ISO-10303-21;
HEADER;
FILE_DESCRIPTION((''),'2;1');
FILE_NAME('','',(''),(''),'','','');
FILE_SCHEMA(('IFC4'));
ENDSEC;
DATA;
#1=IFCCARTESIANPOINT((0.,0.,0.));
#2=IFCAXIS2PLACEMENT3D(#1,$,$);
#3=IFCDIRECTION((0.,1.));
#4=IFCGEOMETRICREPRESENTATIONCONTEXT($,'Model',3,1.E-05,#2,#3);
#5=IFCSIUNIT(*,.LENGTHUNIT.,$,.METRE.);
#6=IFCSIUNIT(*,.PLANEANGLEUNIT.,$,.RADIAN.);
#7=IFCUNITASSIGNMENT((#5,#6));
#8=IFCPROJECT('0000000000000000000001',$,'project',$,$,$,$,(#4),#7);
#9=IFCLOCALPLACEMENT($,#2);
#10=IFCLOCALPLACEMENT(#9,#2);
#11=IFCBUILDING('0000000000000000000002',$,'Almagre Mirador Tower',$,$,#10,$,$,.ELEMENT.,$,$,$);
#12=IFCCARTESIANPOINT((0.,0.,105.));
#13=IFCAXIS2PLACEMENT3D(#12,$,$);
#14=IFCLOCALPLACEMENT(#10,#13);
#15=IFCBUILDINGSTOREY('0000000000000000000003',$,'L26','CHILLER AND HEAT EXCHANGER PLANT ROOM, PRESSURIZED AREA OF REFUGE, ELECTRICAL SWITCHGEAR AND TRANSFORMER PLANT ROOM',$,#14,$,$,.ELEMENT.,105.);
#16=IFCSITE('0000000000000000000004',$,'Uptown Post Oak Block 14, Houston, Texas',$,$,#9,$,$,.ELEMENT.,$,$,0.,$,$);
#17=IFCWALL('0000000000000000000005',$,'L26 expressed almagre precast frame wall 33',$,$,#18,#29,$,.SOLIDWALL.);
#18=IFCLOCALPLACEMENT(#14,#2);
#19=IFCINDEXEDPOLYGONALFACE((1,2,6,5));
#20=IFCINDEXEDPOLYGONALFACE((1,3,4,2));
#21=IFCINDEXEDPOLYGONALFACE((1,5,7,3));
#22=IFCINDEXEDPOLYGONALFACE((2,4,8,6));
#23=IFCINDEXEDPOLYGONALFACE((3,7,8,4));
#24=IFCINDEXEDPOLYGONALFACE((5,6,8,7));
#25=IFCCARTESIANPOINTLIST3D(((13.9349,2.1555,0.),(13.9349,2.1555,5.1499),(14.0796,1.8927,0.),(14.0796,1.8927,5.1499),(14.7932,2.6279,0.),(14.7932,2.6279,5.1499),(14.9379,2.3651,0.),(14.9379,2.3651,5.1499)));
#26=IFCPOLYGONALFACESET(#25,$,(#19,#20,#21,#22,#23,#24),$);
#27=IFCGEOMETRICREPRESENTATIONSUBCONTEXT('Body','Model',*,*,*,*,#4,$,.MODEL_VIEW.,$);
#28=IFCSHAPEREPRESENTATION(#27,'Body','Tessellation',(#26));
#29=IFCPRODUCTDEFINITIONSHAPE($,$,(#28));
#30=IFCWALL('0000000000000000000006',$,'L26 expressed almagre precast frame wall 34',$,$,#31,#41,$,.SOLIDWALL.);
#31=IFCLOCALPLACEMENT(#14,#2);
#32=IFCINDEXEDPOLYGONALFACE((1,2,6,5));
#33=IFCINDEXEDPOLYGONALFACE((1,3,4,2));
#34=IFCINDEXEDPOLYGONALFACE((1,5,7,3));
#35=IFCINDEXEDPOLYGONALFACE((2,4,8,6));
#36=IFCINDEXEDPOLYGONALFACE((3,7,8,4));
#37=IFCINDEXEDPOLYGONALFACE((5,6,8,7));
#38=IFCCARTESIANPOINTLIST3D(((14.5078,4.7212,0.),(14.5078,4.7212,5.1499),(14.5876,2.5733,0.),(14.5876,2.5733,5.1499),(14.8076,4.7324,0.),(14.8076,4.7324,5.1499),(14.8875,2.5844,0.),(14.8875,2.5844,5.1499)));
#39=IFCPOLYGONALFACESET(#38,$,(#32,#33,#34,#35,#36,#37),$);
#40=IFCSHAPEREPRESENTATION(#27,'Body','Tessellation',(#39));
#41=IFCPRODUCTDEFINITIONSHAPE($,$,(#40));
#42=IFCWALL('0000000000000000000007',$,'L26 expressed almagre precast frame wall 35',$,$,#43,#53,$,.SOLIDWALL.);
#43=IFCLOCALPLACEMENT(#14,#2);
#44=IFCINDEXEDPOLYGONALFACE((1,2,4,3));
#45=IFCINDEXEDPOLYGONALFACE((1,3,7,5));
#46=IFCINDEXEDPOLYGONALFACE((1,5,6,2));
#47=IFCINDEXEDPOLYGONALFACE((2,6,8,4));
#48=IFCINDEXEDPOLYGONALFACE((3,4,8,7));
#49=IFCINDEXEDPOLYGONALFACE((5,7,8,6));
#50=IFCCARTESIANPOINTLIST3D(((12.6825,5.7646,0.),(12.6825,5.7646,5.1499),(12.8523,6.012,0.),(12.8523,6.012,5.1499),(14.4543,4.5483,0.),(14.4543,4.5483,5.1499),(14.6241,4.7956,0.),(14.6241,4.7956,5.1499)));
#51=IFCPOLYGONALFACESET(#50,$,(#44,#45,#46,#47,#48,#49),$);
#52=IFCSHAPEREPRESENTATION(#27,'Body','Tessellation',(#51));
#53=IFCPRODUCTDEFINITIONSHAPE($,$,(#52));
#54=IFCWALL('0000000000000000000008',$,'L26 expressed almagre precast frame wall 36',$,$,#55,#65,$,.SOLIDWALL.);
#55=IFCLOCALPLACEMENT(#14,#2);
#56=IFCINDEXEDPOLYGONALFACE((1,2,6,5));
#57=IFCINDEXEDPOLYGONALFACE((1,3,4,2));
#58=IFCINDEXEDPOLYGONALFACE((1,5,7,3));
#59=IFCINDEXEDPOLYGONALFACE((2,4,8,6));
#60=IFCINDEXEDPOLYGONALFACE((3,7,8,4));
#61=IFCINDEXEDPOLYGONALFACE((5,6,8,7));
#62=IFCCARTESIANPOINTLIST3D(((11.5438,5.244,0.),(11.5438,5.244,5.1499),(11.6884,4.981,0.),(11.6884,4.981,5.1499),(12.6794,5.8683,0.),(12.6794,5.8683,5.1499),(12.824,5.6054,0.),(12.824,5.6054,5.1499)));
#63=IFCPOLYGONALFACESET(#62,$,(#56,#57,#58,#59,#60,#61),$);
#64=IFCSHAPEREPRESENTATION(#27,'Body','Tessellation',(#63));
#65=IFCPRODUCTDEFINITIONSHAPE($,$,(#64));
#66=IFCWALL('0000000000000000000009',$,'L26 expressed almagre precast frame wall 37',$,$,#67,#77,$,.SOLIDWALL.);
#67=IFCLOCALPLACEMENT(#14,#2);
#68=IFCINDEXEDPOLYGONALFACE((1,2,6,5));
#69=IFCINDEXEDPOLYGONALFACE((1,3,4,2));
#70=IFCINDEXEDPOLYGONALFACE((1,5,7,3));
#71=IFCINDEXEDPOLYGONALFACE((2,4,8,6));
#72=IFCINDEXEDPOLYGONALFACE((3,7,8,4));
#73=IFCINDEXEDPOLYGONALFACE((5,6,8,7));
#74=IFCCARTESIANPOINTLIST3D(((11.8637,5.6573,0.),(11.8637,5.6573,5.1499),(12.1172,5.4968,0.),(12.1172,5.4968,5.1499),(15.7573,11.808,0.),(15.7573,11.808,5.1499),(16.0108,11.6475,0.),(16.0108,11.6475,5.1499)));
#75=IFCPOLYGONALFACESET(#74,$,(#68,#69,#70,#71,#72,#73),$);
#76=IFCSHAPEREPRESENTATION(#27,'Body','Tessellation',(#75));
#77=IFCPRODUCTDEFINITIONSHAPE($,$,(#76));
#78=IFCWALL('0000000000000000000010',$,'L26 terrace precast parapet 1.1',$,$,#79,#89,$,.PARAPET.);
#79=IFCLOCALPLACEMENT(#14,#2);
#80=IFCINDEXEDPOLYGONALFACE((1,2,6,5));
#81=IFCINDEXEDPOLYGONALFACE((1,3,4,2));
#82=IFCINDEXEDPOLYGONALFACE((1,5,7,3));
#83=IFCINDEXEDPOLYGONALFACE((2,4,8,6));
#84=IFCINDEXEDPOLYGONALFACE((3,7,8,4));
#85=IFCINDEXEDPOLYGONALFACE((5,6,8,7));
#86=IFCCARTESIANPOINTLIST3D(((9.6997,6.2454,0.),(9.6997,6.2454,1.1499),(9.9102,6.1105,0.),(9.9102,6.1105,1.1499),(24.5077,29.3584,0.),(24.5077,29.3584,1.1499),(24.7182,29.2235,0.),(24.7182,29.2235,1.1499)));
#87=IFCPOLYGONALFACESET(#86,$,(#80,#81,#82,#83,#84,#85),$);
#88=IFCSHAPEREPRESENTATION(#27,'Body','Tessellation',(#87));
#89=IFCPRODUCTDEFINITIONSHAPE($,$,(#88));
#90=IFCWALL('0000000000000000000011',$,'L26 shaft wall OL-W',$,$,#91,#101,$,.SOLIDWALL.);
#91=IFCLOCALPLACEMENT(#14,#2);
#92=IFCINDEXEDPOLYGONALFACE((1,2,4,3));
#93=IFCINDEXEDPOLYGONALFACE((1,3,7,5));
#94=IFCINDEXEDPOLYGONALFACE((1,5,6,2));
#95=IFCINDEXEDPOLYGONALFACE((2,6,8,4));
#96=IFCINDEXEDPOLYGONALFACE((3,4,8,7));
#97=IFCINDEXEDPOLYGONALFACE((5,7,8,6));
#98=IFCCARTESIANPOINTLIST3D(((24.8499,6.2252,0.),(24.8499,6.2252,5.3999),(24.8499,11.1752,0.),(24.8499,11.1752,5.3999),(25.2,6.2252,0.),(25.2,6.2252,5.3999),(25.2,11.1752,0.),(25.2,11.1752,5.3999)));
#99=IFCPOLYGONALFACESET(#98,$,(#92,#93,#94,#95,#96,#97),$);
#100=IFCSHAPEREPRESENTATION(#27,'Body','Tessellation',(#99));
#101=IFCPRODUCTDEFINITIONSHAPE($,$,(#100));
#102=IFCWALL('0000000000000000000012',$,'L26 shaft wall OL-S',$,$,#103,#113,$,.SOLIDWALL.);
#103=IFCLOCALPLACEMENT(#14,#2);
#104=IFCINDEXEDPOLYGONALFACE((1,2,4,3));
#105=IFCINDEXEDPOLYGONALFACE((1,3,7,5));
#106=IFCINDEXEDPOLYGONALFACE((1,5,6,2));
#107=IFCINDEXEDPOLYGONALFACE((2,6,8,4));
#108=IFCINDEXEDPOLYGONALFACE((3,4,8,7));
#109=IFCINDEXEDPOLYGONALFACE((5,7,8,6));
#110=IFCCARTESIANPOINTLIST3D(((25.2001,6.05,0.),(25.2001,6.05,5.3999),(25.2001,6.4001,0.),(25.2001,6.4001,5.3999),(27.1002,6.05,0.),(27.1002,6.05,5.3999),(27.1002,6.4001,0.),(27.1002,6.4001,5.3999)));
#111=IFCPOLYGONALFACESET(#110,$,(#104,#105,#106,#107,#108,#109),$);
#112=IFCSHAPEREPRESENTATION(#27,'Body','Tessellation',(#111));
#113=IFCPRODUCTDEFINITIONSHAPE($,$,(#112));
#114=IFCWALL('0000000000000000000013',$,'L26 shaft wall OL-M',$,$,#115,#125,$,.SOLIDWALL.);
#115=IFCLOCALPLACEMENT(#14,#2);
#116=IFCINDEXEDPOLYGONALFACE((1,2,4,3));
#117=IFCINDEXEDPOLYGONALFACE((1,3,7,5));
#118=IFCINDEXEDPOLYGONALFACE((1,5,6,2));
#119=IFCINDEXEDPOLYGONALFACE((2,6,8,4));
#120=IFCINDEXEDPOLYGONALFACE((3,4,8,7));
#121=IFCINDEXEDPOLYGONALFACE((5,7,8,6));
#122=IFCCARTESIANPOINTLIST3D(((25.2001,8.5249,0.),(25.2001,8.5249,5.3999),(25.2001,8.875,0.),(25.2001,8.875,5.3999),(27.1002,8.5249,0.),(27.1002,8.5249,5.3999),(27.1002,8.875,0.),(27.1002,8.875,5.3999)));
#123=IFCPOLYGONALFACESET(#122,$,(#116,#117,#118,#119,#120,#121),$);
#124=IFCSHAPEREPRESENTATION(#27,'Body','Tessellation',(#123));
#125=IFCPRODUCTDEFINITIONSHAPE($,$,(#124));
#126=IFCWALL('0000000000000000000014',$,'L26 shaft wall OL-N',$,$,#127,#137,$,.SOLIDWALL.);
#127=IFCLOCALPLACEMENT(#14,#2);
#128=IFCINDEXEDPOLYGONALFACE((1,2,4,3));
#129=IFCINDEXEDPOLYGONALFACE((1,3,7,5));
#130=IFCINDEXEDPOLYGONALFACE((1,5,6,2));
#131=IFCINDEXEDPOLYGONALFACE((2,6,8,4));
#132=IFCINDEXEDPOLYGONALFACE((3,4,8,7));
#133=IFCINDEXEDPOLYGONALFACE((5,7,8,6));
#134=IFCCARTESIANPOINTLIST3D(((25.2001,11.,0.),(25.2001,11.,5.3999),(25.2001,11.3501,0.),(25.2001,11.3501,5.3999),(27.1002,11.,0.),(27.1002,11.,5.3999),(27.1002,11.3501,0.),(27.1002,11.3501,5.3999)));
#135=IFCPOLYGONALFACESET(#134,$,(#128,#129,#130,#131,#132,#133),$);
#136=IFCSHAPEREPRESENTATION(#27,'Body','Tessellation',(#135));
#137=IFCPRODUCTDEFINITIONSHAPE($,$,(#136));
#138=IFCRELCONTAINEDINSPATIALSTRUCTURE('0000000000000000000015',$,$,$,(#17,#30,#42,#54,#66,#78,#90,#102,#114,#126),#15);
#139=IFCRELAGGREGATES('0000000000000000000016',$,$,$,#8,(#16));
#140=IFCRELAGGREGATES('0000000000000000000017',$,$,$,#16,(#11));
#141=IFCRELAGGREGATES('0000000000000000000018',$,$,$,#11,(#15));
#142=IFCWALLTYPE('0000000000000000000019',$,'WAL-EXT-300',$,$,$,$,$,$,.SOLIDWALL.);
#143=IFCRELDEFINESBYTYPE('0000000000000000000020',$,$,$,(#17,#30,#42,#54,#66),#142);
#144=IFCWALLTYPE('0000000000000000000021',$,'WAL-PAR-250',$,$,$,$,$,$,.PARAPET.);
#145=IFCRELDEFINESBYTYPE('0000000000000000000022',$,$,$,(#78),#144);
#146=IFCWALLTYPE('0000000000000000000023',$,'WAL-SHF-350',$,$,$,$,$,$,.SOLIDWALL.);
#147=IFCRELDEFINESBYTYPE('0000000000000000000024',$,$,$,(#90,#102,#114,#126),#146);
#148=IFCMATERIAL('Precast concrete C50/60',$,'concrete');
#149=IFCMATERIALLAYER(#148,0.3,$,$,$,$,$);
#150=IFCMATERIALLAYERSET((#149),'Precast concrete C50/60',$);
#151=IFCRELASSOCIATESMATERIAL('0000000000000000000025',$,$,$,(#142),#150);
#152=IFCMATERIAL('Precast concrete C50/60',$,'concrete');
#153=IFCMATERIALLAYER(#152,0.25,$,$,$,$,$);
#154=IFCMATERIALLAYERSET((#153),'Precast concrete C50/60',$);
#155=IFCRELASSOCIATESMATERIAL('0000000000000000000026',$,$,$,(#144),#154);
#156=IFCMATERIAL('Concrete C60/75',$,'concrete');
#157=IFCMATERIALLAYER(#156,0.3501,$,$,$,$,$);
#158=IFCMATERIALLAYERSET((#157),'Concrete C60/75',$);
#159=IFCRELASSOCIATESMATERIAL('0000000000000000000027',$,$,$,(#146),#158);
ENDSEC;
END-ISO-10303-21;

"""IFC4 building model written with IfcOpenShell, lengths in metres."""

from ifc_helpers import new_model, si_unit, direction, frame, frame_2d, origin, place, context, subcontext, project, spatial, rectangle, extrude, material, layer, layer_set, type_object, element, save


model = new_model("IFC4")

# Units and contexts
model_context = context("Model", 3, precision=1e-05, world=origin(), true_north=direction((0.0, 1.0)))
body_context = subcontext(model_context, "Body", "Model", "MODEL_VIEW")
ifc_project = project(units=[si_unit("LENGTHUNIT", "METRE"), si_unit("PLANEANGLEUNIT", "RADIAN")], contexts=[model_context])

# Site, building, storey
site_placement = place(None, origin())
site = spatial("IfcSite", under=ifc_project, at=site_placement, Name="Uptown Post Oak Block 14, Houston, Texas", CompositionType="ELEMENT", RefElevation=0.0)
building_placement = place(site_placement, origin())
building = spatial("IfcBuilding", under=site, at=building_placement, Name="Almagre Mirador Tower", CompositionType="ELEMENT")
storey_placement = place(building_placement, frame((0.0, 0.0, 105.0)))
storey = spatial("IfcBuildingStorey", under=building, at=storey_placement, Name="L26", Description="CHILLER AND HEAT EXCHANGER PLANT ROOM, PRESSURIZED AREA OF REFUGE, ELECTRICAL SWITCHGEAR AND TRANSFORMER PLANT ROOM", CompositionType="ELEMENT", Elevation=105.0)

# Walls
ifc_material_1 = material(Name="Precast concrete C50/60", Category="concrete")
ifc_layer_1 = layer(ifc_material_1, 0.3)
ifc_layer_set_1 = layer_set([ifc_layer_1], Name="Precast concrete C50/60")
wall_type_1 = type_object("IfcWallType", Name="WAL-EXT-300", PredefinedType="SOLIDWALL", material=ifc_layer_set_1)
wall_1_placement = place(storey_placement, frame((14.0073, 2.0242, 0.0), z_axis=(0.0, 0.0, 1.0), x_axis=(0.87609, 0.482148, 0.0)))
element("IfcWall", 1, at=wall_1_placement, inside=storey, type_object=wall_type_1, Name="L26 expressed almagre precast frame wall 33", PredefinedType="SOLIDWALL", context=body_context, shape_type="SweptSolid", body=[
    extrude(rectangle(XDim=0.9797, YDim=0.3, at=frame_2d((0.4897, 0.0))), origin(), (0.0, 0.0, 1.0), 5.1499),
])
wall_2_placement = place(storey_placement, frame((14.7375, 2.5789, 0.0), z_axis=(0.0, 0.0, 1.0), x_axis=(-0.037142, 0.99931, 0.0)))
element("IfcWall", 2, at=wall_2_placement, inside=storey, type_object=wall_type_1, Name="L26 expressed almagre precast frame wall 34", PredefinedType="SOLIDWALL", context=body_context, shape_type="SweptSolid", body=[
    extrude(rectangle(XDim=2.1494, YDim=0.3, at=frame_2d((1.0747, 0.0))), origin(), (0.0, 0.0, 1.0), 5.1499),
])
wall_3_placement = place(storey_placement, frame((14.5393, 4.6719, 0.0), z_axis=(0.0, 0.0, 1.0), x_axis=(-0.824423, 0.565974, 0.0)))
element("IfcWall", 3, at=wall_3_placement, inside=storey, type_object=wall_type_1, Name="L26 expressed almagre precast frame wall 35", PredefinedType="SOLIDWALL", context=body_context, shape_type="SweptSolid", body=[
    extrude(rectangle(XDim=2.1492, YDim=0.3, at=frame_2d((1.0747, 0.0))), origin(), (0.0, 0.0, 1.0), 5.1499),
])
wall_4_placement = place(storey_placement, frame((12.7517, 5.7368, 0.0), z_axis=(0.0, 0.0, 1.0), x_axis=(-0.876299, -0.481767, 0.0)))
element("IfcWall", 4, at=wall_4_placement, inside=storey, type_object=wall_type_1, Name="L26 expressed almagre precast frame wall 36", PredefinedType="SOLIDWALL", context=body_context, shape_type="SweptSolid", body=[
    extrude(rectangle(XDim=1.2959, YDim=0.3, at=frame_2d((0.6479, 0.0))), origin(), (0.0, 0.0, 1.0), 5.1499),
])
wall_5_placement = place(storey_placement, frame((11.9905, 5.5771, 0.0), z_axis=(0.0, 0.0, 1.0), x_axis=(0.534871, 0.844934, 0.0)))
element("IfcWall", 5, at=wall_5_placement, inside=storey, type_object=wall_type_1, Name="L26 expressed almagre precast frame wall 37", PredefinedType="SOLIDWALL", context=body_context, shape_type="SweptSolid", body=[
    extrude(rectangle(XDim=7.2795, YDim=0.3, at=frame_2d((3.6396, 0.0))), origin(), (0.0, 0.0, 1.0), 5.1499),
])
ifc_material_2 = material(Name="Precast concrete C50/60", Category="concrete")
ifc_layer_2 = layer(ifc_material_2, 0.25)
ifc_layer_set_2 = layer_set([ifc_layer_2], Name="Precast concrete C50/60")
wall_type_2 = type_object("IfcWallType", Name="WAL-PAR-250", PredefinedType="PARAPET", material=ifc_layer_set_2)
wall_6_placement = place(storey_placement, frame((9.8049, 6.178, 0.0), z_axis=(0.0, 0.0, 1.0), x_axis=(0.539461, 0.842011, 0.0)))
element("IfcWall", 6, at=wall_6_placement, inside=storey, type_object=wall_type_2, Name="L26 terrace precast parapet 1.1", PredefinedType="PARAPET", context=body_context, shape_type="SweptSolid", body=[
    extrude(rectangle(XDim=27.4497, YDim=0.25, at=frame_2d((13.7249, 0.0))), origin(), (0.0, 0.0, 1.0), 1.1499),
])
ifc_material_3 = material(Name="Concrete C60/75", Category="concrete")
ifc_layer_3 = layer(ifc_material_3, 0.3501)
ifc_layer_set_3 = layer_set([ifc_layer_3], Name="Concrete C60/75")
wall_type_3 = type_object("IfcWallType", Name="WAL-SHF-350", PredefinedType="SOLIDWALL", material=ifc_layer_set_3)
wall_7_placement = place(storey_placement, frame((25.0249, 6.2251, 0.0), z_axis=(0.0, 0.0, 1.0), x_axis=(0.0, 1.0, 0.0)))
element("IfcWall", 7, at=wall_7_placement, inside=storey, type_object=wall_type_3, Name="L26 shaft wall OL-W", PredefinedType="SOLIDWALL", context=body_context, shape_type="SweptSolid", body=[
    extrude(rectangle(XDim=4.95, YDim=0.3501, at=frame_2d((2.4751, 0.0))), origin(), (0.0, 0.0, 1.0), 5.3999),
])
for number, where, z_axis, x_axis, name in (
    (8, (25.2, 6.2251, 0.0), (0.0, 0.0, 1.0), (1.0, 0.0, 0.0), "L26 shaft wall OL-S"),
    (9, (25.2, 8.7, 0.0), (0.0, 0.0, 1.0), (1.0, 0.0, 0.0), "L26 shaft wall OL-M"),
    (10, (25.2, 11.175, 0.0), (0.0, 0.0, 1.0), (1.0, 0.0, 0.0), "L26 shaft wall OL-N"),
):
    element("IfcWall", number, at=place(storey_placement, frame(where, z_axis=z_axis, x_axis=x_axis)), inside=storey, type_object=wall_type_3, Name=name, PredefinedType="SOLIDWALL", context=body_context, shape_type="SweptSolid", body=[
        extrude(rectangle(XDim=1.9001, YDim=0.3501, at=frame_2d((0.9502, 0.0))), origin(), (0.0, 0.0, 1.0), 5.3999),
    ])

save(model, "model.ifc")
